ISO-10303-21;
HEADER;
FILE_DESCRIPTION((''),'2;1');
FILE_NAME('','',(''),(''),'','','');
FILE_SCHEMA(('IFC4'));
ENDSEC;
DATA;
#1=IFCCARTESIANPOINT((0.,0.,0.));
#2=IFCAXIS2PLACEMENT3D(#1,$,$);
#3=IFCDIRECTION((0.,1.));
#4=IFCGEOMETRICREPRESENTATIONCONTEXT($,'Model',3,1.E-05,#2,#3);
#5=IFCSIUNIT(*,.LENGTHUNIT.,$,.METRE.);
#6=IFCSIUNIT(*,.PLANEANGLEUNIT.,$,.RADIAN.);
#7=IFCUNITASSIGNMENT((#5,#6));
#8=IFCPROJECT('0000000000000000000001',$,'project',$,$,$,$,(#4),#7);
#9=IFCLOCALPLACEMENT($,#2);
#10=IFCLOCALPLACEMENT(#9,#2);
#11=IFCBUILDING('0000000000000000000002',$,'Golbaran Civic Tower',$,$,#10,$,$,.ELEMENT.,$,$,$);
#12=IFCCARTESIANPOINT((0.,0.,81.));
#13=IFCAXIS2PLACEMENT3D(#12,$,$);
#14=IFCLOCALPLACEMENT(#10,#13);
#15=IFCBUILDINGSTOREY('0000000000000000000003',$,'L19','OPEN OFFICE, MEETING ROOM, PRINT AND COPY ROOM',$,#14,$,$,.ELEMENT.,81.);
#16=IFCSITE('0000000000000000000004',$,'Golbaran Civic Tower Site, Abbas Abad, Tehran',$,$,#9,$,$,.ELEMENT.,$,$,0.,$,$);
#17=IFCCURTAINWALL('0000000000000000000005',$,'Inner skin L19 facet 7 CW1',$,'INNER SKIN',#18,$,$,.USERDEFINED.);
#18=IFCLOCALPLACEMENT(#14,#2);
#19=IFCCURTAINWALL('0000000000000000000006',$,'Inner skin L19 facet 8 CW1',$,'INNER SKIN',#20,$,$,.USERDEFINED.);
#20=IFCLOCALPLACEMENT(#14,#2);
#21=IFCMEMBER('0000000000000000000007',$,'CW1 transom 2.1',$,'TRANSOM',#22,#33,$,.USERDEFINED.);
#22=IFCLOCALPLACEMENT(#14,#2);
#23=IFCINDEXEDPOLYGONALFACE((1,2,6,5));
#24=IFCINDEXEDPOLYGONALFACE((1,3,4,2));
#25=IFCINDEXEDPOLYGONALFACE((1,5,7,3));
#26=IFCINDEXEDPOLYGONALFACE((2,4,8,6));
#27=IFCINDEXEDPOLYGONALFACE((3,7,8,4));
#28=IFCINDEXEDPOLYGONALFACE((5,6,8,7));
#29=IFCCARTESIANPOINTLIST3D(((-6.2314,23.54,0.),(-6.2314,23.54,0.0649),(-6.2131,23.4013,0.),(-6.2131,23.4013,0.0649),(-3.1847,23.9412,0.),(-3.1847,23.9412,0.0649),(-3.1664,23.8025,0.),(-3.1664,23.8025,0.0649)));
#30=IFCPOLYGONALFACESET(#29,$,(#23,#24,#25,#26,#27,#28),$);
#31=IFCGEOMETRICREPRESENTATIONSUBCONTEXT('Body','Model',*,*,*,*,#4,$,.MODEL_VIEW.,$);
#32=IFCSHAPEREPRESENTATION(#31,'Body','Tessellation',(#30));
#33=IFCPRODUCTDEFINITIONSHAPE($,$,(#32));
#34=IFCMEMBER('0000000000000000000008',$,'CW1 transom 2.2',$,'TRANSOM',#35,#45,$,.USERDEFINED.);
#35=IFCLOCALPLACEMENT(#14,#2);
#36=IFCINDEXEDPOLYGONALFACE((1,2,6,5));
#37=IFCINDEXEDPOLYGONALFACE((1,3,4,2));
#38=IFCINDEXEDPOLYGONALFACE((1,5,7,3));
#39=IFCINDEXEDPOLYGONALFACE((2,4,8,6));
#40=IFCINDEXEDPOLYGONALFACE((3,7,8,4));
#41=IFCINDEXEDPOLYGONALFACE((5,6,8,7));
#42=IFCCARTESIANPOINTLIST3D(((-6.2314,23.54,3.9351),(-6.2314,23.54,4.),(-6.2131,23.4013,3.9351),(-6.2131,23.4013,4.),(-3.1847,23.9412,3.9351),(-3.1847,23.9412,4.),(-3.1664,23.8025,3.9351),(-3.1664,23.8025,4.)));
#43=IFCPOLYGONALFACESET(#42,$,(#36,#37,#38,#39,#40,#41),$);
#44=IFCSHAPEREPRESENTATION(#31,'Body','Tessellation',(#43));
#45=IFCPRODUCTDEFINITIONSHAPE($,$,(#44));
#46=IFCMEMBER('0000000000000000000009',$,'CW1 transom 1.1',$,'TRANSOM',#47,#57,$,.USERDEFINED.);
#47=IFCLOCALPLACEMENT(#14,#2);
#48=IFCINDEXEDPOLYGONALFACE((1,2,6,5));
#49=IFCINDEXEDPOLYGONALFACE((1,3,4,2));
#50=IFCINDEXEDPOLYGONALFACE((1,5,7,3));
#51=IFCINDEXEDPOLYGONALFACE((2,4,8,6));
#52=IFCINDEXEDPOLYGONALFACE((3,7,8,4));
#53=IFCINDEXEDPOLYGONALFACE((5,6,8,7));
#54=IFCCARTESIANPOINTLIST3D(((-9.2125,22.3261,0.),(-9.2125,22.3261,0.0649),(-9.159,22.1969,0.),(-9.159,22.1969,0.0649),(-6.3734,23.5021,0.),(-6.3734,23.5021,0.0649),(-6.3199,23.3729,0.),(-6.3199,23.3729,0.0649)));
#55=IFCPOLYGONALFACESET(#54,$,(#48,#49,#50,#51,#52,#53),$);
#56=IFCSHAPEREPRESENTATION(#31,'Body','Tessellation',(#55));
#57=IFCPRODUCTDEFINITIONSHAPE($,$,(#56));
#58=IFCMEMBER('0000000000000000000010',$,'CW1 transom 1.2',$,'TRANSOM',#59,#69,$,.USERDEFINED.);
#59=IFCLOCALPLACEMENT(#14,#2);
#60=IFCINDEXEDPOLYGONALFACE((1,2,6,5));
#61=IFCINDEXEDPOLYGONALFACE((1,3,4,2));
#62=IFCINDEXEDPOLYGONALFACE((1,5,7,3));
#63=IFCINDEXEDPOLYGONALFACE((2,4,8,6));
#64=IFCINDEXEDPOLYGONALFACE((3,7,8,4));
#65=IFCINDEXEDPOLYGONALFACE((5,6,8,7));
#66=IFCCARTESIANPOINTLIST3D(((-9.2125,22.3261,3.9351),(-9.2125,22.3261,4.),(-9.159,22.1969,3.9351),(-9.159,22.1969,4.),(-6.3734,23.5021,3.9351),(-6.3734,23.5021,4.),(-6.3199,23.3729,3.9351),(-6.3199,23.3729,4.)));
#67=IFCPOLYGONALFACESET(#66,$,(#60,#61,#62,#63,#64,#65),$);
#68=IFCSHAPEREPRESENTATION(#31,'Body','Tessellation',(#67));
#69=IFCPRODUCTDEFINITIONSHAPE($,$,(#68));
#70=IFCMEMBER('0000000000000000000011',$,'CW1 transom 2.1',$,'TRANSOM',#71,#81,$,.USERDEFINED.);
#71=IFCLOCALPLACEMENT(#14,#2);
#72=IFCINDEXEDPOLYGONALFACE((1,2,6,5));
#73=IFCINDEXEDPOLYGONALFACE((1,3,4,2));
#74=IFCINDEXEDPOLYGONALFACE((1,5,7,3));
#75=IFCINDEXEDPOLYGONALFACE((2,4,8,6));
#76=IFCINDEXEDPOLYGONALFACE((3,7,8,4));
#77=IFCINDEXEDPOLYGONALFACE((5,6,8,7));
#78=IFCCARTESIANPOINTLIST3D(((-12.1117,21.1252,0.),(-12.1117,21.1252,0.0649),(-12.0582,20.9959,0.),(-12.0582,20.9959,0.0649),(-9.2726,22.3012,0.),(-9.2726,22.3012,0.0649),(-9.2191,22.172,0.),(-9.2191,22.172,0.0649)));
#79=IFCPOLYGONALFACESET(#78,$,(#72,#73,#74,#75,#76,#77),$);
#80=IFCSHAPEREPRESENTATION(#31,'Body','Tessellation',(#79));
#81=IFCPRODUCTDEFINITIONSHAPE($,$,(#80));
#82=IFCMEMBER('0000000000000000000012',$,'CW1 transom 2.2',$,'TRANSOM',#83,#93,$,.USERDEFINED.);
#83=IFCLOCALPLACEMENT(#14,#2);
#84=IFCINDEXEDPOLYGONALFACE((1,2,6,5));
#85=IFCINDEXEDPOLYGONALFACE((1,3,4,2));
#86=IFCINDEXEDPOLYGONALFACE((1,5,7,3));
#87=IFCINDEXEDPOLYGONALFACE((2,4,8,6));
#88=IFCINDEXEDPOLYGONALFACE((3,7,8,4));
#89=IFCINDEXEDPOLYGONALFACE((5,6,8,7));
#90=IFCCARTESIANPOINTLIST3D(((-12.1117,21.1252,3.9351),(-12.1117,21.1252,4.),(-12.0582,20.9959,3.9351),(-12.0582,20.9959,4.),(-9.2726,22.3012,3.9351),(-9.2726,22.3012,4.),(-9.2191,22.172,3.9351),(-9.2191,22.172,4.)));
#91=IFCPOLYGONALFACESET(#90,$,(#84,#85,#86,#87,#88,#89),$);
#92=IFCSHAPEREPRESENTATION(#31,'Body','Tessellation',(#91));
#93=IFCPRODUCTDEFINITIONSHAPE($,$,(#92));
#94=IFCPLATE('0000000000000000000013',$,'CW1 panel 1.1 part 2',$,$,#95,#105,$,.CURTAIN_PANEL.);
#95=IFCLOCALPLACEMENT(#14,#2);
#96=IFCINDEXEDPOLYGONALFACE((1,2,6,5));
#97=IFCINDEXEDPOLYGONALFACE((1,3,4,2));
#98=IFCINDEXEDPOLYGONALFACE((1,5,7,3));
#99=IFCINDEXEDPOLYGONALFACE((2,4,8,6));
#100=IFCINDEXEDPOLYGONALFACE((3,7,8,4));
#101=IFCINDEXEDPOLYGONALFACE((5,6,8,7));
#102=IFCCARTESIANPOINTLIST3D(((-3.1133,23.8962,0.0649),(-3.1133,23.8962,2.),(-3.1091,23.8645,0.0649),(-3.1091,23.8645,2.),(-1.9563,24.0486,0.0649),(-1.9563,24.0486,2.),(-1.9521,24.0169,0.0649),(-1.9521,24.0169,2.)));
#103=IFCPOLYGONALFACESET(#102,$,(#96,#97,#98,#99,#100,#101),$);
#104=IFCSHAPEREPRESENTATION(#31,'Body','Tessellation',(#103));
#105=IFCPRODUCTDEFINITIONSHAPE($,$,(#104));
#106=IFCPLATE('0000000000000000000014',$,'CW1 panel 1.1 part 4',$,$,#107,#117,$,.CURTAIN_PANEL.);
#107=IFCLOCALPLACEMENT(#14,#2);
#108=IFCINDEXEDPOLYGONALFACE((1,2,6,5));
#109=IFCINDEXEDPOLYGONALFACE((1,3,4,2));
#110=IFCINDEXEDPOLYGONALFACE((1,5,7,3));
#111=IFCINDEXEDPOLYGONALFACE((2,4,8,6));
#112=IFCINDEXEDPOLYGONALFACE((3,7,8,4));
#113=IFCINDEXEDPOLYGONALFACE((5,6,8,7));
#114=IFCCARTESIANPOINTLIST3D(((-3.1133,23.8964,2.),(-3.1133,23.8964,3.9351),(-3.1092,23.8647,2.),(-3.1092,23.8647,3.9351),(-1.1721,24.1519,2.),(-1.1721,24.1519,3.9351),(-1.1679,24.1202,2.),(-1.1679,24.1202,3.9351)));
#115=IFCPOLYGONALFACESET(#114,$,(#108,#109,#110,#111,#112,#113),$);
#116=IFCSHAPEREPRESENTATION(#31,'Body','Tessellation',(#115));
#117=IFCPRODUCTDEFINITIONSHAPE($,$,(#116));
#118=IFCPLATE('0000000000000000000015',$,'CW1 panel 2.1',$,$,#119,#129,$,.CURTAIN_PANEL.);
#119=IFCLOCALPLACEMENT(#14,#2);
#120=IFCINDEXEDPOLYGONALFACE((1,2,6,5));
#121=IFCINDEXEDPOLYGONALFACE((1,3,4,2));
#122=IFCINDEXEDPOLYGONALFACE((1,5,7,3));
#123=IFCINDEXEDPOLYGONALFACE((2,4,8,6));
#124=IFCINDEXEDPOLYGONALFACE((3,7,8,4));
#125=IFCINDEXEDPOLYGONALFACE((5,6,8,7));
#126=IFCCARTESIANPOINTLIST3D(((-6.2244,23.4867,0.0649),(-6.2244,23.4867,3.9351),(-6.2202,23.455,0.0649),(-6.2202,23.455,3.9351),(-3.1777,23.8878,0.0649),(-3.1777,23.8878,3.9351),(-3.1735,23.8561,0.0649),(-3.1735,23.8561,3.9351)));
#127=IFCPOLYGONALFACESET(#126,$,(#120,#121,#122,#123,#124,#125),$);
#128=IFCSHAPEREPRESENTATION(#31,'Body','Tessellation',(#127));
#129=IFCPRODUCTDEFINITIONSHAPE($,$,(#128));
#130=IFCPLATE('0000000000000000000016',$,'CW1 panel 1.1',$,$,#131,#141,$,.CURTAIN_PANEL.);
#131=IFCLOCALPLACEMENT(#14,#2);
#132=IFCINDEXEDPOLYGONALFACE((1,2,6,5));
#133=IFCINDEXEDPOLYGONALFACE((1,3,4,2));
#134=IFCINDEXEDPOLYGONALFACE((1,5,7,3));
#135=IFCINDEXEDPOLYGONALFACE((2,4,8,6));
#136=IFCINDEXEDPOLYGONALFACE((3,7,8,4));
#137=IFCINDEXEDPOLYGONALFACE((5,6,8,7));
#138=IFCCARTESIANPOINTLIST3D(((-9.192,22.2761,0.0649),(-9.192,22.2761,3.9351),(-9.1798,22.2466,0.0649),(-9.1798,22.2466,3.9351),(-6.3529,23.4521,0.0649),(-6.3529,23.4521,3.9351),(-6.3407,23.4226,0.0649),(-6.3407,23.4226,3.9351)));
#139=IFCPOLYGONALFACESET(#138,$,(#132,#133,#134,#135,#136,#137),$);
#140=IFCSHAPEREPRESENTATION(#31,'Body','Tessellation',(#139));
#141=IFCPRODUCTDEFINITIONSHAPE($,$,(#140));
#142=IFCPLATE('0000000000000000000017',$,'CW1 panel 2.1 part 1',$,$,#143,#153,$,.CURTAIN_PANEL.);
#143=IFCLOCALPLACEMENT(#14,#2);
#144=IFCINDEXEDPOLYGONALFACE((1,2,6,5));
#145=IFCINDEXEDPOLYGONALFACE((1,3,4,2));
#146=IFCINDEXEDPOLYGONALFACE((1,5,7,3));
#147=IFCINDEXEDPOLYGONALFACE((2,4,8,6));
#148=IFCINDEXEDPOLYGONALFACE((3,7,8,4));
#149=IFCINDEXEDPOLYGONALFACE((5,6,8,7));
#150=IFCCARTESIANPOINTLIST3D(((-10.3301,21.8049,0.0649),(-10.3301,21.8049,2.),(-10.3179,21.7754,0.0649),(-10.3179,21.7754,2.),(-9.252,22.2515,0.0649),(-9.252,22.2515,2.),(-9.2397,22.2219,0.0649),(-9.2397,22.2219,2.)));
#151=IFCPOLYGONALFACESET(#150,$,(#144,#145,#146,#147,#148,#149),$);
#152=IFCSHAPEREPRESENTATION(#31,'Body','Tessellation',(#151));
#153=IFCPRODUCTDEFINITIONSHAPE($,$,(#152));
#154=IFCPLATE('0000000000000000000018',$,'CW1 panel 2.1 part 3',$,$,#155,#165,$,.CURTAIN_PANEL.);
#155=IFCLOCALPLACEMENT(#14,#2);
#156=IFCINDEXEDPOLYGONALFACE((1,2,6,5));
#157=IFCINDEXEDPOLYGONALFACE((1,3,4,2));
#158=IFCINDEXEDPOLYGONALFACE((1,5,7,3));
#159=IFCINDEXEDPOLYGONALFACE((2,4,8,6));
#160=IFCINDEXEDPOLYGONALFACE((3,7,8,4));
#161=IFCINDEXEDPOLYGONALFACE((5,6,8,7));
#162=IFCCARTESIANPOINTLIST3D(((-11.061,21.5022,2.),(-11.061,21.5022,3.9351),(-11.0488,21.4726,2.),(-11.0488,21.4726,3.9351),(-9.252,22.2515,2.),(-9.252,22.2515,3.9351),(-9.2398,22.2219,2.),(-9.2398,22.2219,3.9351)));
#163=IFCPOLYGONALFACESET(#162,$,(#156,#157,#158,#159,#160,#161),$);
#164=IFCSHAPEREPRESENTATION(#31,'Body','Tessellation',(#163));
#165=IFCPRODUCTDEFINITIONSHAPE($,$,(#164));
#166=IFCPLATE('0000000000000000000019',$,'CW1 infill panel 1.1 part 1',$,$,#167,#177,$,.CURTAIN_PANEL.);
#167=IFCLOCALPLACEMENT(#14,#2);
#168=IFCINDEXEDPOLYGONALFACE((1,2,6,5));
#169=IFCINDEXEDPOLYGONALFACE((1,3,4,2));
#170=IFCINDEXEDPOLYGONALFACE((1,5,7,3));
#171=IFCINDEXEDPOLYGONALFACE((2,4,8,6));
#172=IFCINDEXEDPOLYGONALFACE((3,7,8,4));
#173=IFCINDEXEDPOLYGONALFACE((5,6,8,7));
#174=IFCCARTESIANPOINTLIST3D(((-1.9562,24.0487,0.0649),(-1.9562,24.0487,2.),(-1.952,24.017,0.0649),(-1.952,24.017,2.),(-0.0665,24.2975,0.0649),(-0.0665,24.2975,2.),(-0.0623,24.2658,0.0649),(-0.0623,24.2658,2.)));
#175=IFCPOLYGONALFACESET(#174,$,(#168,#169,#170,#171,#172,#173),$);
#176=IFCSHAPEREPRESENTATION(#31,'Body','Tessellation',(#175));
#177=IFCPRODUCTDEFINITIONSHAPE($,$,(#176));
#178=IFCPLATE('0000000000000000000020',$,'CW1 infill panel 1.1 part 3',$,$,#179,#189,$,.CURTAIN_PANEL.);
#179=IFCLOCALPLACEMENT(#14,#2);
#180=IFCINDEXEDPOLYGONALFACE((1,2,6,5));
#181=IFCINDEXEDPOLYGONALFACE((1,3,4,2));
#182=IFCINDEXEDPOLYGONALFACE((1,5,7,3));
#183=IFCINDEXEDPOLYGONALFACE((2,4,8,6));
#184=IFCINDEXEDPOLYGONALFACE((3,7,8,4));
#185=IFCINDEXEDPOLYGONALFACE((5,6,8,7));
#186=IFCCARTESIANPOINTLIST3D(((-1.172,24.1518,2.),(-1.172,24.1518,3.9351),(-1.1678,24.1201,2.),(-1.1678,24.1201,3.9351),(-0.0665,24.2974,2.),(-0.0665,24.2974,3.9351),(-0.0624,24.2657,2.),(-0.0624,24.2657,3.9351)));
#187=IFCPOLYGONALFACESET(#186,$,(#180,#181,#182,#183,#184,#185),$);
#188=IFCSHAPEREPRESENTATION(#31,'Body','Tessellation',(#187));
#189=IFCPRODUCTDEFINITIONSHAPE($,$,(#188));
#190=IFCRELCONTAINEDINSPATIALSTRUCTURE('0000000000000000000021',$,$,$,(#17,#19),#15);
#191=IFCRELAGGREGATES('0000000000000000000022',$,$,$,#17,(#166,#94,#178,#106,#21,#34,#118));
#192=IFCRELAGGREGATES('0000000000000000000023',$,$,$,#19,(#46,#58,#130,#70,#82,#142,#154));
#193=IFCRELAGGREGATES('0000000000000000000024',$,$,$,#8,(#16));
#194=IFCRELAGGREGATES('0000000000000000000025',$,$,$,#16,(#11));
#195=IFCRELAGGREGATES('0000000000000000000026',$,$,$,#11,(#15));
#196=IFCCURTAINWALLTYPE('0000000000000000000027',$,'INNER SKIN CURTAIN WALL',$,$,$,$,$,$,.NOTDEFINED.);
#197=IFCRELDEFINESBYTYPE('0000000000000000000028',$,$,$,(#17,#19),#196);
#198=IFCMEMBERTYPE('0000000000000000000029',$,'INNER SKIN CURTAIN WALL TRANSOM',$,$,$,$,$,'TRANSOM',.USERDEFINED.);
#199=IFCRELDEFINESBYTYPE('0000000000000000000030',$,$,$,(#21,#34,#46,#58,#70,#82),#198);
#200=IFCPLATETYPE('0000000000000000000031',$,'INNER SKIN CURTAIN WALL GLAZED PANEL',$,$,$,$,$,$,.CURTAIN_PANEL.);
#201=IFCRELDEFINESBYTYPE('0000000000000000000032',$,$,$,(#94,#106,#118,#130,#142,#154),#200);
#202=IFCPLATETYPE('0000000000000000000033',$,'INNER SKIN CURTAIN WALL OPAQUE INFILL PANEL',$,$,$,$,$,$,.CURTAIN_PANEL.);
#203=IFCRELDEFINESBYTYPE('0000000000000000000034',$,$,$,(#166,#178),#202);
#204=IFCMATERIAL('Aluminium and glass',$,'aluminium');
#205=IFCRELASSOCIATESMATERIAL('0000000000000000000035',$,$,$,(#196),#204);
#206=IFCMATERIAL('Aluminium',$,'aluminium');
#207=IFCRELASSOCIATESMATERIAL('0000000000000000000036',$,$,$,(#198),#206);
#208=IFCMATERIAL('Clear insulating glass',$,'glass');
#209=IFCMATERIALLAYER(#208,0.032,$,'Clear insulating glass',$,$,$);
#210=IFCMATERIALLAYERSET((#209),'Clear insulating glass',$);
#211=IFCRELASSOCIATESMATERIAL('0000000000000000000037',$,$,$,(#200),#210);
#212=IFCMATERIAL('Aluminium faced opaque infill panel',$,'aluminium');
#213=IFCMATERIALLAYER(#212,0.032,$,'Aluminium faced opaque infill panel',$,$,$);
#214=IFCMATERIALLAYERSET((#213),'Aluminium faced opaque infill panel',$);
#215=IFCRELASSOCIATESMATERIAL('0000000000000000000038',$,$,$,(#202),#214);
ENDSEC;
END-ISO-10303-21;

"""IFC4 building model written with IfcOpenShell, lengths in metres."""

from ifc_helpers import new_model, si_unit, direction, frame, origin, origin_2d, place, context, subcontext, project, spatial, rectangle, extrude, material, layer, layer_set, material_profile, profile_set, type_object, element, aggregate, save


model = new_model("IFC4")

# Units and contexts
model_context = context("Model", 3, precision=1e-05, world=origin(), true_north=direction((0.0, 1.0)))
body_context = subcontext(model_context, "Body", "Model", "MODEL_VIEW")
ifc_project = project(units=[si_unit("LENGTHUNIT", "METRE"), si_unit("PLANEANGLEUNIT", "RADIAN")], contexts=[model_context])

# Site, building, storey
site_placement = place(None, origin())
site = spatial("IfcSite", under=ifc_project, at=site_placement, Name="Golbaran Civic Tower Site, Abbas Abad, Tehran", CompositionType="ELEMENT", RefElevation=0.0)
building_placement = place(site_placement, origin())
building = spatial("IfcBuilding", under=site, at=building_placement, Name="Golbaran Civic Tower", CompositionType="ELEMENT")
storey_placement = place(building_placement, frame((0.0, 0.0, 81.0)))
storey = spatial("IfcBuildingStorey", under=building, at=storey_placement, Name="L19", Description="OPEN OFFICE, MEETING ROOM, PRINT AND COPY ROOM", CompositionType="ELEMENT", Elevation=81.0)

# Curtain walls
ifc_material_1 = material(Name="Aluminium and glass", Category="aluminium")
curtain_wall_type = type_object("IfcCurtainWallType", Name="INNER SKIN CURTAIN WALL", PredefinedType="NOTDEFINED", material=ifc_material_1)
curtain_wall_1_placement = place(storey_placement, origin())
curtain_wall_1 = element("IfcCurtainWall", 1, at=curtain_wall_1_placement, inside=storey, type_object=curtain_wall_type, Name="Inner skin L19 facet 7 CW1", ObjectType="INNER SKIN", PredefinedType="USERDEFINED")
ifc_material_2 = material(Name="Aluminium", Category="aluminium")
curtain_wall_2_placement = place(storey_placement, origin())
curtain_wall_2 = element("IfcCurtainWall", 2, at=curtain_wall_2_placement, inside=storey, type_object=curtain_wall_type, Name="Inner skin L19 facet 8 CW1", ObjectType="INNER SKIN", PredefinedType="USERDEFINED")

# Members
ifc_material_profile_1 = material_profile(ifc_material_2, rectangle(XDim=0.1399, YDim=0.0649, at=origin_2d()), Name="INNER SKIN CURTAIN WALL TRANSOM")
ifc_profile_set_1 = profile_set([ifc_material_profile_1], Name="Aluminium")
member_type_1 = type_object("IfcMemberType", Name="INNER SKIN CURTAIN WALL TRANSOM", ElementType="TRANSOM", PredefinedType="USERDEFINED", material=ifc_profile_set_1)
member_1_placement = place(storey_placement, frame((-3.1755, 23.8718, 0.0325), z_axis=(-0.991444, -0.130535, 0.0), x_axis=(0.130535, -0.991444, 0.0)))
member_1 = element("IfcMember", 3, at=member_1_placement, type_object=member_type_1, Name="CW1 transom 2.1", ObjectType="TRANSOM", PredefinedType="USERDEFINED", context=body_context, shape_type="SweptSolid", body=[
    extrude(rectangle(XDim=0.1399, YDim=0.0649, at=origin_2d()), origin(), (0.0, 0.0, 1.0), 3.073),
])
member_2_placement = place(storey_placement, frame((-3.1755, 23.8718, 3.9675), z_axis=(-0.991444, -0.130535, 0.0), x_axis=(0.130535, -0.991444, 0.0)))
member_2 = element("IfcMember", 4, at=member_2_placement, type_object=member_type_1, Name="CW1 transom 2.2", ObjectType="TRANSOM", PredefinedType="USERDEFINED", context=body_context, shape_type="SweptSolid", body=[
    extrude(rectangle(XDim=0.1399, YDim=0.0649, at=origin_2d()), origin(), (0.0, 0.0, 1.0), 3.073),
])
member_3_placement = place(storey_placement, frame((-6.3467, 23.4375, 0.0325), z_axis=(-0.923876, -0.382691, 0.0), x_axis=(0.382691, -0.923876, 0.0)))
member_3 = element("IfcMember", 5, at=member_3_placement, type_object=member_type_1, Name="CW1 transom 1.1", ObjectType="TRANSOM", PredefinedType="USERDEFINED", context=body_context, shape_type="SweptSolid", body=[
    extrude(rectangle(XDim=0.1399, YDim=0.0649, at=origin_2d()), origin(), (0.0, 0.0, 1.0), 3.073),
])
member_4_placement = place(storey_placement, frame((-6.3467, 23.4375, 3.9675), z_axis=(-0.923876, -0.382691, 0.0), x_axis=(0.382691, -0.923876, 0.0)))
member_4 = element("IfcMember", 6, at=member_4_placement, type_object=member_type_1, Name="CW1 transom 1.2", ObjectType="TRANSOM", PredefinedType="USERDEFINED", context=body_context, shape_type="SweptSolid", body=[
    extrude(rectangle(XDim=0.1399, YDim=0.0649, at=origin_2d()), origin(), (0.0, 0.0, 1.0), 3.073),
])
member_5_placement = place(storey_placement, frame((-9.2458, 22.2366, 0.0325), z_axis=(-0.923876, -0.382691, 0.0), x_axis=(0.382691, -0.923876, 0.0)))
member_5 = element("IfcMember", 7, at=member_5_placement, type_object=member_type_1, Name="CW1 transom 2.1", ObjectType="TRANSOM", PredefinedType="USERDEFINED", context=body_context, shape_type="SweptSolid", body=[
    extrude(rectangle(XDim=0.1399, YDim=0.0649, at=origin_2d()), origin(), (0.0, 0.0, 1.0), 3.073),
])
member_6_placement = place(storey_placement, frame((-9.2458, 22.2366, 3.9675), z_axis=(-0.923876, -0.382691, 0.0), x_axis=(0.382691, -0.923876, 0.0)))
member_6 = element("IfcMember", 8, at=member_6_placement, type_object=member_type_1, Name="CW1 transom 2.2", ObjectType="TRANSOM", PredefinedType="USERDEFINED", context=body_context, shape_type="SweptSolid", body=[
    extrude(rectangle(XDim=0.1399, YDim=0.0649, at=origin_2d()), origin(), (0.0, 0.0, 1.0), 3.073),
])

# Plates
ifc_material_3 = material(Name="Clear insulating glass", Category="glass")
ifc_layer_1 = layer(ifc_material_3, 0.032, Name="Clear insulating glass")
ifc_layer_set_1 = layer_set([ifc_layer_1], Name="Clear insulating glass")
plate_type_1 = type_object("IfcPlateType", Name="INNER SKIN CURTAIN WALL GLAZED PANEL", PredefinedType="CURTAIN_PANEL", material=ifc_layer_set_1)
plate_1_placement = place(storey_placement, frame((-2.5327, 23.9565, 0.0649), z_axis=(0.0, 0.0, 1.0), x_axis=(-0.991445, -0.130526, 0.0)))
plate_1 = element("IfcPlate", 9, at=plate_1_placement, type_object=plate_type_1, Name="CW1 panel 1.1 part 2", PredefinedType="CURTAIN_PANEL", context=body_context, shape_type="SweptSolid", body=[
    extrude(rectangle(XDim=1.167, YDim=0.032, at=origin_2d()), origin(), (0.0, 0.0, 1.0), 1.9351),
])
plate_2_placement = place(storey_placement, frame((-2.1406, 24.0083, 2.0), z_axis=(0.0, 0.0, 1.0), x_axis=(-0.991445, -0.130526, 0.0)))
plate_2 = element("IfcPlate", 10, at=plate_2_placement, type_object=plate_type_1, Name="CW1 panel 1.1 part 4", PredefinedType="CURTAIN_PANEL", context=body_context, shape_type="SweptSolid", body=[
    extrude(rectangle(XDim=1.958, YDim=0.032, at=origin_2d()), origin(), (0.0, 0.0, 1.0), 1.9351),
])
plate_3_placement = place(storey_placement, frame((-4.699, 23.6714, 0.0649), z_axis=(0.0, 0.0, 1.0), x_axis=(-0.991445, -0.130526, 0.0)))
plate_3 = element("IfcPlate", 11, at=plate_3_placement, type_object=plate_type_1, Name="CW1 panel 2.1", PredefinedType="CURTAIN_PANEL", context=body_context, shape_type="SweptSolid", body=[
    extrude(rectangle(XDim=3.073, YDim=0.032, at=origin_2d()), origin(), (0.0, 0.0, 1.0), 3.8701),
])
plate_4_placement = place(storey_placement, frame((-7.7664, 22.8494, 0.0649), z_axis=(0.0, 0.0, 1.0), x_axis=(-0.92388, -0.382683, 0.0)))
plate_4 = element("IfcPlate", 12, at=plate_4_placement, type_object=plate_type_1, Name="CW1 panel 1.1", PredefinedType="CURTAIN_PANEL", context=body_context, shape_type="SweptSolid", body=[
    extrude(rectangle(XDim=3.073, YDim=0.032, at=origin_2d()), origin(), (0.0, 0.0, 1.0), 3.8701),
])
plate_5_placement = place(storey_placement, frame((-9.7849, 22.0134, 0.0649), z_axis=(0.0, 0.0, 1.0), x_axis=(-0.92388, -0.382683, 0.0)))
plate_5 = element("IfcPlate", 13, at=plate_5_placement, type_object=plate_type_1, Name="CW1 panel 2.1 part 1", PredefinedType="CURTAIN_PANEL", context=body_context, shape_type="SweptSolid", body=[
    extrude(rectangle(XDim=1.167, YDim=0.032, at=origin_2d()), origin(), (0.0, 0.0, 1.0), 1.9351),
])
plate_6_placement = place(storey_placement, frame((-10.1504, 21.8621, 2.0), z_axis=(0.0, 0.0, 1.0), x_axis=(-0.92388, -0.382683, 0.0)))
plate_6 = element("IfcPlate", 14, at=plate_6_placement, type_object=plate_type_1, Name="CW1 panel 2.1 part 3", PredefinedType="CURTAIN_PANEL", context=body_context, shape_type="SweptSolid", body=[
    extrude(rectangle(XDim=1.958, YDim=0.032, at=origin_2d()), origin(), (0.0, 0.0, 1.0), 1.9351),
])
ifc_material_4 = material(Name="Aluminium faced opaque infill panel", Category="aluminium")
ifc_layer_2 = layer(ifc_material_4, 0.032, Name="Aluminium faced opaque infill panel")
ifc_layer_set_2 = layer_set([ifc_layer_2], Name="Aluminium faced opaque infill panel")
plate_type_2 = type_object("IfcPlateType", Name="INNER SKIN CURTAIN WALL OPAQUE INFILL PANEL", PredefinedType="CURTAIN_PANEL", material=ifc_layer_set_2)
plate_7_placement = place(storey_placement, frame((-1.0093, 24.1572, 0.0649), z_axis=(0.0, 0.0, 1.0), x_axis=(-0.991445, -0.130526, 0.0)))
plate_7 = element("IfcPlate", 15, at=plate_7_placement, type_object=plate_type_2, Name="CW1 infill panel 1.1 part 1", PredefinedType="CURTAIN_PANEL", context=body_context, shape_type="SweptSolid", body=[
    extrude(rectangle(XDim=1.906, YDim=0.032, at=origin_2d()), origin(), (0.0, 0.0, 1.0), 1.9351),
])
plate_8_placement = place(storey_placement, frame((-0.6172, 24.2087, 2.0), z_axis=(0.0, 0.0, 1.0), x_axis=(-0.991445, -0.130526, 0.0)))
plate_8 = element("IfcPlate", 16, at=plate_8_placement, type_object=plate_type_2, Name="CW1 infill panel 1.1 part 3", PredefinedType="CURTAIN_PANEL", context=body_context, shape_type="SweptSolid", body=[
    extrude(rectangle(XDim=1.115, YDim=0.032, at=origin_2d()), origin(), (0.0, 0.0, 1.0), 1.9351),
])
aggregate(curtain_wall_1, [plate_7, plate_1, plate_8, plate_2, member_1, member_2, plate_3])
aggregate(curtain_wall_2, [member_3, member_4, plate_4, member_5, member_6, plate_5, plate_6])

save(model, "model.ifc")
